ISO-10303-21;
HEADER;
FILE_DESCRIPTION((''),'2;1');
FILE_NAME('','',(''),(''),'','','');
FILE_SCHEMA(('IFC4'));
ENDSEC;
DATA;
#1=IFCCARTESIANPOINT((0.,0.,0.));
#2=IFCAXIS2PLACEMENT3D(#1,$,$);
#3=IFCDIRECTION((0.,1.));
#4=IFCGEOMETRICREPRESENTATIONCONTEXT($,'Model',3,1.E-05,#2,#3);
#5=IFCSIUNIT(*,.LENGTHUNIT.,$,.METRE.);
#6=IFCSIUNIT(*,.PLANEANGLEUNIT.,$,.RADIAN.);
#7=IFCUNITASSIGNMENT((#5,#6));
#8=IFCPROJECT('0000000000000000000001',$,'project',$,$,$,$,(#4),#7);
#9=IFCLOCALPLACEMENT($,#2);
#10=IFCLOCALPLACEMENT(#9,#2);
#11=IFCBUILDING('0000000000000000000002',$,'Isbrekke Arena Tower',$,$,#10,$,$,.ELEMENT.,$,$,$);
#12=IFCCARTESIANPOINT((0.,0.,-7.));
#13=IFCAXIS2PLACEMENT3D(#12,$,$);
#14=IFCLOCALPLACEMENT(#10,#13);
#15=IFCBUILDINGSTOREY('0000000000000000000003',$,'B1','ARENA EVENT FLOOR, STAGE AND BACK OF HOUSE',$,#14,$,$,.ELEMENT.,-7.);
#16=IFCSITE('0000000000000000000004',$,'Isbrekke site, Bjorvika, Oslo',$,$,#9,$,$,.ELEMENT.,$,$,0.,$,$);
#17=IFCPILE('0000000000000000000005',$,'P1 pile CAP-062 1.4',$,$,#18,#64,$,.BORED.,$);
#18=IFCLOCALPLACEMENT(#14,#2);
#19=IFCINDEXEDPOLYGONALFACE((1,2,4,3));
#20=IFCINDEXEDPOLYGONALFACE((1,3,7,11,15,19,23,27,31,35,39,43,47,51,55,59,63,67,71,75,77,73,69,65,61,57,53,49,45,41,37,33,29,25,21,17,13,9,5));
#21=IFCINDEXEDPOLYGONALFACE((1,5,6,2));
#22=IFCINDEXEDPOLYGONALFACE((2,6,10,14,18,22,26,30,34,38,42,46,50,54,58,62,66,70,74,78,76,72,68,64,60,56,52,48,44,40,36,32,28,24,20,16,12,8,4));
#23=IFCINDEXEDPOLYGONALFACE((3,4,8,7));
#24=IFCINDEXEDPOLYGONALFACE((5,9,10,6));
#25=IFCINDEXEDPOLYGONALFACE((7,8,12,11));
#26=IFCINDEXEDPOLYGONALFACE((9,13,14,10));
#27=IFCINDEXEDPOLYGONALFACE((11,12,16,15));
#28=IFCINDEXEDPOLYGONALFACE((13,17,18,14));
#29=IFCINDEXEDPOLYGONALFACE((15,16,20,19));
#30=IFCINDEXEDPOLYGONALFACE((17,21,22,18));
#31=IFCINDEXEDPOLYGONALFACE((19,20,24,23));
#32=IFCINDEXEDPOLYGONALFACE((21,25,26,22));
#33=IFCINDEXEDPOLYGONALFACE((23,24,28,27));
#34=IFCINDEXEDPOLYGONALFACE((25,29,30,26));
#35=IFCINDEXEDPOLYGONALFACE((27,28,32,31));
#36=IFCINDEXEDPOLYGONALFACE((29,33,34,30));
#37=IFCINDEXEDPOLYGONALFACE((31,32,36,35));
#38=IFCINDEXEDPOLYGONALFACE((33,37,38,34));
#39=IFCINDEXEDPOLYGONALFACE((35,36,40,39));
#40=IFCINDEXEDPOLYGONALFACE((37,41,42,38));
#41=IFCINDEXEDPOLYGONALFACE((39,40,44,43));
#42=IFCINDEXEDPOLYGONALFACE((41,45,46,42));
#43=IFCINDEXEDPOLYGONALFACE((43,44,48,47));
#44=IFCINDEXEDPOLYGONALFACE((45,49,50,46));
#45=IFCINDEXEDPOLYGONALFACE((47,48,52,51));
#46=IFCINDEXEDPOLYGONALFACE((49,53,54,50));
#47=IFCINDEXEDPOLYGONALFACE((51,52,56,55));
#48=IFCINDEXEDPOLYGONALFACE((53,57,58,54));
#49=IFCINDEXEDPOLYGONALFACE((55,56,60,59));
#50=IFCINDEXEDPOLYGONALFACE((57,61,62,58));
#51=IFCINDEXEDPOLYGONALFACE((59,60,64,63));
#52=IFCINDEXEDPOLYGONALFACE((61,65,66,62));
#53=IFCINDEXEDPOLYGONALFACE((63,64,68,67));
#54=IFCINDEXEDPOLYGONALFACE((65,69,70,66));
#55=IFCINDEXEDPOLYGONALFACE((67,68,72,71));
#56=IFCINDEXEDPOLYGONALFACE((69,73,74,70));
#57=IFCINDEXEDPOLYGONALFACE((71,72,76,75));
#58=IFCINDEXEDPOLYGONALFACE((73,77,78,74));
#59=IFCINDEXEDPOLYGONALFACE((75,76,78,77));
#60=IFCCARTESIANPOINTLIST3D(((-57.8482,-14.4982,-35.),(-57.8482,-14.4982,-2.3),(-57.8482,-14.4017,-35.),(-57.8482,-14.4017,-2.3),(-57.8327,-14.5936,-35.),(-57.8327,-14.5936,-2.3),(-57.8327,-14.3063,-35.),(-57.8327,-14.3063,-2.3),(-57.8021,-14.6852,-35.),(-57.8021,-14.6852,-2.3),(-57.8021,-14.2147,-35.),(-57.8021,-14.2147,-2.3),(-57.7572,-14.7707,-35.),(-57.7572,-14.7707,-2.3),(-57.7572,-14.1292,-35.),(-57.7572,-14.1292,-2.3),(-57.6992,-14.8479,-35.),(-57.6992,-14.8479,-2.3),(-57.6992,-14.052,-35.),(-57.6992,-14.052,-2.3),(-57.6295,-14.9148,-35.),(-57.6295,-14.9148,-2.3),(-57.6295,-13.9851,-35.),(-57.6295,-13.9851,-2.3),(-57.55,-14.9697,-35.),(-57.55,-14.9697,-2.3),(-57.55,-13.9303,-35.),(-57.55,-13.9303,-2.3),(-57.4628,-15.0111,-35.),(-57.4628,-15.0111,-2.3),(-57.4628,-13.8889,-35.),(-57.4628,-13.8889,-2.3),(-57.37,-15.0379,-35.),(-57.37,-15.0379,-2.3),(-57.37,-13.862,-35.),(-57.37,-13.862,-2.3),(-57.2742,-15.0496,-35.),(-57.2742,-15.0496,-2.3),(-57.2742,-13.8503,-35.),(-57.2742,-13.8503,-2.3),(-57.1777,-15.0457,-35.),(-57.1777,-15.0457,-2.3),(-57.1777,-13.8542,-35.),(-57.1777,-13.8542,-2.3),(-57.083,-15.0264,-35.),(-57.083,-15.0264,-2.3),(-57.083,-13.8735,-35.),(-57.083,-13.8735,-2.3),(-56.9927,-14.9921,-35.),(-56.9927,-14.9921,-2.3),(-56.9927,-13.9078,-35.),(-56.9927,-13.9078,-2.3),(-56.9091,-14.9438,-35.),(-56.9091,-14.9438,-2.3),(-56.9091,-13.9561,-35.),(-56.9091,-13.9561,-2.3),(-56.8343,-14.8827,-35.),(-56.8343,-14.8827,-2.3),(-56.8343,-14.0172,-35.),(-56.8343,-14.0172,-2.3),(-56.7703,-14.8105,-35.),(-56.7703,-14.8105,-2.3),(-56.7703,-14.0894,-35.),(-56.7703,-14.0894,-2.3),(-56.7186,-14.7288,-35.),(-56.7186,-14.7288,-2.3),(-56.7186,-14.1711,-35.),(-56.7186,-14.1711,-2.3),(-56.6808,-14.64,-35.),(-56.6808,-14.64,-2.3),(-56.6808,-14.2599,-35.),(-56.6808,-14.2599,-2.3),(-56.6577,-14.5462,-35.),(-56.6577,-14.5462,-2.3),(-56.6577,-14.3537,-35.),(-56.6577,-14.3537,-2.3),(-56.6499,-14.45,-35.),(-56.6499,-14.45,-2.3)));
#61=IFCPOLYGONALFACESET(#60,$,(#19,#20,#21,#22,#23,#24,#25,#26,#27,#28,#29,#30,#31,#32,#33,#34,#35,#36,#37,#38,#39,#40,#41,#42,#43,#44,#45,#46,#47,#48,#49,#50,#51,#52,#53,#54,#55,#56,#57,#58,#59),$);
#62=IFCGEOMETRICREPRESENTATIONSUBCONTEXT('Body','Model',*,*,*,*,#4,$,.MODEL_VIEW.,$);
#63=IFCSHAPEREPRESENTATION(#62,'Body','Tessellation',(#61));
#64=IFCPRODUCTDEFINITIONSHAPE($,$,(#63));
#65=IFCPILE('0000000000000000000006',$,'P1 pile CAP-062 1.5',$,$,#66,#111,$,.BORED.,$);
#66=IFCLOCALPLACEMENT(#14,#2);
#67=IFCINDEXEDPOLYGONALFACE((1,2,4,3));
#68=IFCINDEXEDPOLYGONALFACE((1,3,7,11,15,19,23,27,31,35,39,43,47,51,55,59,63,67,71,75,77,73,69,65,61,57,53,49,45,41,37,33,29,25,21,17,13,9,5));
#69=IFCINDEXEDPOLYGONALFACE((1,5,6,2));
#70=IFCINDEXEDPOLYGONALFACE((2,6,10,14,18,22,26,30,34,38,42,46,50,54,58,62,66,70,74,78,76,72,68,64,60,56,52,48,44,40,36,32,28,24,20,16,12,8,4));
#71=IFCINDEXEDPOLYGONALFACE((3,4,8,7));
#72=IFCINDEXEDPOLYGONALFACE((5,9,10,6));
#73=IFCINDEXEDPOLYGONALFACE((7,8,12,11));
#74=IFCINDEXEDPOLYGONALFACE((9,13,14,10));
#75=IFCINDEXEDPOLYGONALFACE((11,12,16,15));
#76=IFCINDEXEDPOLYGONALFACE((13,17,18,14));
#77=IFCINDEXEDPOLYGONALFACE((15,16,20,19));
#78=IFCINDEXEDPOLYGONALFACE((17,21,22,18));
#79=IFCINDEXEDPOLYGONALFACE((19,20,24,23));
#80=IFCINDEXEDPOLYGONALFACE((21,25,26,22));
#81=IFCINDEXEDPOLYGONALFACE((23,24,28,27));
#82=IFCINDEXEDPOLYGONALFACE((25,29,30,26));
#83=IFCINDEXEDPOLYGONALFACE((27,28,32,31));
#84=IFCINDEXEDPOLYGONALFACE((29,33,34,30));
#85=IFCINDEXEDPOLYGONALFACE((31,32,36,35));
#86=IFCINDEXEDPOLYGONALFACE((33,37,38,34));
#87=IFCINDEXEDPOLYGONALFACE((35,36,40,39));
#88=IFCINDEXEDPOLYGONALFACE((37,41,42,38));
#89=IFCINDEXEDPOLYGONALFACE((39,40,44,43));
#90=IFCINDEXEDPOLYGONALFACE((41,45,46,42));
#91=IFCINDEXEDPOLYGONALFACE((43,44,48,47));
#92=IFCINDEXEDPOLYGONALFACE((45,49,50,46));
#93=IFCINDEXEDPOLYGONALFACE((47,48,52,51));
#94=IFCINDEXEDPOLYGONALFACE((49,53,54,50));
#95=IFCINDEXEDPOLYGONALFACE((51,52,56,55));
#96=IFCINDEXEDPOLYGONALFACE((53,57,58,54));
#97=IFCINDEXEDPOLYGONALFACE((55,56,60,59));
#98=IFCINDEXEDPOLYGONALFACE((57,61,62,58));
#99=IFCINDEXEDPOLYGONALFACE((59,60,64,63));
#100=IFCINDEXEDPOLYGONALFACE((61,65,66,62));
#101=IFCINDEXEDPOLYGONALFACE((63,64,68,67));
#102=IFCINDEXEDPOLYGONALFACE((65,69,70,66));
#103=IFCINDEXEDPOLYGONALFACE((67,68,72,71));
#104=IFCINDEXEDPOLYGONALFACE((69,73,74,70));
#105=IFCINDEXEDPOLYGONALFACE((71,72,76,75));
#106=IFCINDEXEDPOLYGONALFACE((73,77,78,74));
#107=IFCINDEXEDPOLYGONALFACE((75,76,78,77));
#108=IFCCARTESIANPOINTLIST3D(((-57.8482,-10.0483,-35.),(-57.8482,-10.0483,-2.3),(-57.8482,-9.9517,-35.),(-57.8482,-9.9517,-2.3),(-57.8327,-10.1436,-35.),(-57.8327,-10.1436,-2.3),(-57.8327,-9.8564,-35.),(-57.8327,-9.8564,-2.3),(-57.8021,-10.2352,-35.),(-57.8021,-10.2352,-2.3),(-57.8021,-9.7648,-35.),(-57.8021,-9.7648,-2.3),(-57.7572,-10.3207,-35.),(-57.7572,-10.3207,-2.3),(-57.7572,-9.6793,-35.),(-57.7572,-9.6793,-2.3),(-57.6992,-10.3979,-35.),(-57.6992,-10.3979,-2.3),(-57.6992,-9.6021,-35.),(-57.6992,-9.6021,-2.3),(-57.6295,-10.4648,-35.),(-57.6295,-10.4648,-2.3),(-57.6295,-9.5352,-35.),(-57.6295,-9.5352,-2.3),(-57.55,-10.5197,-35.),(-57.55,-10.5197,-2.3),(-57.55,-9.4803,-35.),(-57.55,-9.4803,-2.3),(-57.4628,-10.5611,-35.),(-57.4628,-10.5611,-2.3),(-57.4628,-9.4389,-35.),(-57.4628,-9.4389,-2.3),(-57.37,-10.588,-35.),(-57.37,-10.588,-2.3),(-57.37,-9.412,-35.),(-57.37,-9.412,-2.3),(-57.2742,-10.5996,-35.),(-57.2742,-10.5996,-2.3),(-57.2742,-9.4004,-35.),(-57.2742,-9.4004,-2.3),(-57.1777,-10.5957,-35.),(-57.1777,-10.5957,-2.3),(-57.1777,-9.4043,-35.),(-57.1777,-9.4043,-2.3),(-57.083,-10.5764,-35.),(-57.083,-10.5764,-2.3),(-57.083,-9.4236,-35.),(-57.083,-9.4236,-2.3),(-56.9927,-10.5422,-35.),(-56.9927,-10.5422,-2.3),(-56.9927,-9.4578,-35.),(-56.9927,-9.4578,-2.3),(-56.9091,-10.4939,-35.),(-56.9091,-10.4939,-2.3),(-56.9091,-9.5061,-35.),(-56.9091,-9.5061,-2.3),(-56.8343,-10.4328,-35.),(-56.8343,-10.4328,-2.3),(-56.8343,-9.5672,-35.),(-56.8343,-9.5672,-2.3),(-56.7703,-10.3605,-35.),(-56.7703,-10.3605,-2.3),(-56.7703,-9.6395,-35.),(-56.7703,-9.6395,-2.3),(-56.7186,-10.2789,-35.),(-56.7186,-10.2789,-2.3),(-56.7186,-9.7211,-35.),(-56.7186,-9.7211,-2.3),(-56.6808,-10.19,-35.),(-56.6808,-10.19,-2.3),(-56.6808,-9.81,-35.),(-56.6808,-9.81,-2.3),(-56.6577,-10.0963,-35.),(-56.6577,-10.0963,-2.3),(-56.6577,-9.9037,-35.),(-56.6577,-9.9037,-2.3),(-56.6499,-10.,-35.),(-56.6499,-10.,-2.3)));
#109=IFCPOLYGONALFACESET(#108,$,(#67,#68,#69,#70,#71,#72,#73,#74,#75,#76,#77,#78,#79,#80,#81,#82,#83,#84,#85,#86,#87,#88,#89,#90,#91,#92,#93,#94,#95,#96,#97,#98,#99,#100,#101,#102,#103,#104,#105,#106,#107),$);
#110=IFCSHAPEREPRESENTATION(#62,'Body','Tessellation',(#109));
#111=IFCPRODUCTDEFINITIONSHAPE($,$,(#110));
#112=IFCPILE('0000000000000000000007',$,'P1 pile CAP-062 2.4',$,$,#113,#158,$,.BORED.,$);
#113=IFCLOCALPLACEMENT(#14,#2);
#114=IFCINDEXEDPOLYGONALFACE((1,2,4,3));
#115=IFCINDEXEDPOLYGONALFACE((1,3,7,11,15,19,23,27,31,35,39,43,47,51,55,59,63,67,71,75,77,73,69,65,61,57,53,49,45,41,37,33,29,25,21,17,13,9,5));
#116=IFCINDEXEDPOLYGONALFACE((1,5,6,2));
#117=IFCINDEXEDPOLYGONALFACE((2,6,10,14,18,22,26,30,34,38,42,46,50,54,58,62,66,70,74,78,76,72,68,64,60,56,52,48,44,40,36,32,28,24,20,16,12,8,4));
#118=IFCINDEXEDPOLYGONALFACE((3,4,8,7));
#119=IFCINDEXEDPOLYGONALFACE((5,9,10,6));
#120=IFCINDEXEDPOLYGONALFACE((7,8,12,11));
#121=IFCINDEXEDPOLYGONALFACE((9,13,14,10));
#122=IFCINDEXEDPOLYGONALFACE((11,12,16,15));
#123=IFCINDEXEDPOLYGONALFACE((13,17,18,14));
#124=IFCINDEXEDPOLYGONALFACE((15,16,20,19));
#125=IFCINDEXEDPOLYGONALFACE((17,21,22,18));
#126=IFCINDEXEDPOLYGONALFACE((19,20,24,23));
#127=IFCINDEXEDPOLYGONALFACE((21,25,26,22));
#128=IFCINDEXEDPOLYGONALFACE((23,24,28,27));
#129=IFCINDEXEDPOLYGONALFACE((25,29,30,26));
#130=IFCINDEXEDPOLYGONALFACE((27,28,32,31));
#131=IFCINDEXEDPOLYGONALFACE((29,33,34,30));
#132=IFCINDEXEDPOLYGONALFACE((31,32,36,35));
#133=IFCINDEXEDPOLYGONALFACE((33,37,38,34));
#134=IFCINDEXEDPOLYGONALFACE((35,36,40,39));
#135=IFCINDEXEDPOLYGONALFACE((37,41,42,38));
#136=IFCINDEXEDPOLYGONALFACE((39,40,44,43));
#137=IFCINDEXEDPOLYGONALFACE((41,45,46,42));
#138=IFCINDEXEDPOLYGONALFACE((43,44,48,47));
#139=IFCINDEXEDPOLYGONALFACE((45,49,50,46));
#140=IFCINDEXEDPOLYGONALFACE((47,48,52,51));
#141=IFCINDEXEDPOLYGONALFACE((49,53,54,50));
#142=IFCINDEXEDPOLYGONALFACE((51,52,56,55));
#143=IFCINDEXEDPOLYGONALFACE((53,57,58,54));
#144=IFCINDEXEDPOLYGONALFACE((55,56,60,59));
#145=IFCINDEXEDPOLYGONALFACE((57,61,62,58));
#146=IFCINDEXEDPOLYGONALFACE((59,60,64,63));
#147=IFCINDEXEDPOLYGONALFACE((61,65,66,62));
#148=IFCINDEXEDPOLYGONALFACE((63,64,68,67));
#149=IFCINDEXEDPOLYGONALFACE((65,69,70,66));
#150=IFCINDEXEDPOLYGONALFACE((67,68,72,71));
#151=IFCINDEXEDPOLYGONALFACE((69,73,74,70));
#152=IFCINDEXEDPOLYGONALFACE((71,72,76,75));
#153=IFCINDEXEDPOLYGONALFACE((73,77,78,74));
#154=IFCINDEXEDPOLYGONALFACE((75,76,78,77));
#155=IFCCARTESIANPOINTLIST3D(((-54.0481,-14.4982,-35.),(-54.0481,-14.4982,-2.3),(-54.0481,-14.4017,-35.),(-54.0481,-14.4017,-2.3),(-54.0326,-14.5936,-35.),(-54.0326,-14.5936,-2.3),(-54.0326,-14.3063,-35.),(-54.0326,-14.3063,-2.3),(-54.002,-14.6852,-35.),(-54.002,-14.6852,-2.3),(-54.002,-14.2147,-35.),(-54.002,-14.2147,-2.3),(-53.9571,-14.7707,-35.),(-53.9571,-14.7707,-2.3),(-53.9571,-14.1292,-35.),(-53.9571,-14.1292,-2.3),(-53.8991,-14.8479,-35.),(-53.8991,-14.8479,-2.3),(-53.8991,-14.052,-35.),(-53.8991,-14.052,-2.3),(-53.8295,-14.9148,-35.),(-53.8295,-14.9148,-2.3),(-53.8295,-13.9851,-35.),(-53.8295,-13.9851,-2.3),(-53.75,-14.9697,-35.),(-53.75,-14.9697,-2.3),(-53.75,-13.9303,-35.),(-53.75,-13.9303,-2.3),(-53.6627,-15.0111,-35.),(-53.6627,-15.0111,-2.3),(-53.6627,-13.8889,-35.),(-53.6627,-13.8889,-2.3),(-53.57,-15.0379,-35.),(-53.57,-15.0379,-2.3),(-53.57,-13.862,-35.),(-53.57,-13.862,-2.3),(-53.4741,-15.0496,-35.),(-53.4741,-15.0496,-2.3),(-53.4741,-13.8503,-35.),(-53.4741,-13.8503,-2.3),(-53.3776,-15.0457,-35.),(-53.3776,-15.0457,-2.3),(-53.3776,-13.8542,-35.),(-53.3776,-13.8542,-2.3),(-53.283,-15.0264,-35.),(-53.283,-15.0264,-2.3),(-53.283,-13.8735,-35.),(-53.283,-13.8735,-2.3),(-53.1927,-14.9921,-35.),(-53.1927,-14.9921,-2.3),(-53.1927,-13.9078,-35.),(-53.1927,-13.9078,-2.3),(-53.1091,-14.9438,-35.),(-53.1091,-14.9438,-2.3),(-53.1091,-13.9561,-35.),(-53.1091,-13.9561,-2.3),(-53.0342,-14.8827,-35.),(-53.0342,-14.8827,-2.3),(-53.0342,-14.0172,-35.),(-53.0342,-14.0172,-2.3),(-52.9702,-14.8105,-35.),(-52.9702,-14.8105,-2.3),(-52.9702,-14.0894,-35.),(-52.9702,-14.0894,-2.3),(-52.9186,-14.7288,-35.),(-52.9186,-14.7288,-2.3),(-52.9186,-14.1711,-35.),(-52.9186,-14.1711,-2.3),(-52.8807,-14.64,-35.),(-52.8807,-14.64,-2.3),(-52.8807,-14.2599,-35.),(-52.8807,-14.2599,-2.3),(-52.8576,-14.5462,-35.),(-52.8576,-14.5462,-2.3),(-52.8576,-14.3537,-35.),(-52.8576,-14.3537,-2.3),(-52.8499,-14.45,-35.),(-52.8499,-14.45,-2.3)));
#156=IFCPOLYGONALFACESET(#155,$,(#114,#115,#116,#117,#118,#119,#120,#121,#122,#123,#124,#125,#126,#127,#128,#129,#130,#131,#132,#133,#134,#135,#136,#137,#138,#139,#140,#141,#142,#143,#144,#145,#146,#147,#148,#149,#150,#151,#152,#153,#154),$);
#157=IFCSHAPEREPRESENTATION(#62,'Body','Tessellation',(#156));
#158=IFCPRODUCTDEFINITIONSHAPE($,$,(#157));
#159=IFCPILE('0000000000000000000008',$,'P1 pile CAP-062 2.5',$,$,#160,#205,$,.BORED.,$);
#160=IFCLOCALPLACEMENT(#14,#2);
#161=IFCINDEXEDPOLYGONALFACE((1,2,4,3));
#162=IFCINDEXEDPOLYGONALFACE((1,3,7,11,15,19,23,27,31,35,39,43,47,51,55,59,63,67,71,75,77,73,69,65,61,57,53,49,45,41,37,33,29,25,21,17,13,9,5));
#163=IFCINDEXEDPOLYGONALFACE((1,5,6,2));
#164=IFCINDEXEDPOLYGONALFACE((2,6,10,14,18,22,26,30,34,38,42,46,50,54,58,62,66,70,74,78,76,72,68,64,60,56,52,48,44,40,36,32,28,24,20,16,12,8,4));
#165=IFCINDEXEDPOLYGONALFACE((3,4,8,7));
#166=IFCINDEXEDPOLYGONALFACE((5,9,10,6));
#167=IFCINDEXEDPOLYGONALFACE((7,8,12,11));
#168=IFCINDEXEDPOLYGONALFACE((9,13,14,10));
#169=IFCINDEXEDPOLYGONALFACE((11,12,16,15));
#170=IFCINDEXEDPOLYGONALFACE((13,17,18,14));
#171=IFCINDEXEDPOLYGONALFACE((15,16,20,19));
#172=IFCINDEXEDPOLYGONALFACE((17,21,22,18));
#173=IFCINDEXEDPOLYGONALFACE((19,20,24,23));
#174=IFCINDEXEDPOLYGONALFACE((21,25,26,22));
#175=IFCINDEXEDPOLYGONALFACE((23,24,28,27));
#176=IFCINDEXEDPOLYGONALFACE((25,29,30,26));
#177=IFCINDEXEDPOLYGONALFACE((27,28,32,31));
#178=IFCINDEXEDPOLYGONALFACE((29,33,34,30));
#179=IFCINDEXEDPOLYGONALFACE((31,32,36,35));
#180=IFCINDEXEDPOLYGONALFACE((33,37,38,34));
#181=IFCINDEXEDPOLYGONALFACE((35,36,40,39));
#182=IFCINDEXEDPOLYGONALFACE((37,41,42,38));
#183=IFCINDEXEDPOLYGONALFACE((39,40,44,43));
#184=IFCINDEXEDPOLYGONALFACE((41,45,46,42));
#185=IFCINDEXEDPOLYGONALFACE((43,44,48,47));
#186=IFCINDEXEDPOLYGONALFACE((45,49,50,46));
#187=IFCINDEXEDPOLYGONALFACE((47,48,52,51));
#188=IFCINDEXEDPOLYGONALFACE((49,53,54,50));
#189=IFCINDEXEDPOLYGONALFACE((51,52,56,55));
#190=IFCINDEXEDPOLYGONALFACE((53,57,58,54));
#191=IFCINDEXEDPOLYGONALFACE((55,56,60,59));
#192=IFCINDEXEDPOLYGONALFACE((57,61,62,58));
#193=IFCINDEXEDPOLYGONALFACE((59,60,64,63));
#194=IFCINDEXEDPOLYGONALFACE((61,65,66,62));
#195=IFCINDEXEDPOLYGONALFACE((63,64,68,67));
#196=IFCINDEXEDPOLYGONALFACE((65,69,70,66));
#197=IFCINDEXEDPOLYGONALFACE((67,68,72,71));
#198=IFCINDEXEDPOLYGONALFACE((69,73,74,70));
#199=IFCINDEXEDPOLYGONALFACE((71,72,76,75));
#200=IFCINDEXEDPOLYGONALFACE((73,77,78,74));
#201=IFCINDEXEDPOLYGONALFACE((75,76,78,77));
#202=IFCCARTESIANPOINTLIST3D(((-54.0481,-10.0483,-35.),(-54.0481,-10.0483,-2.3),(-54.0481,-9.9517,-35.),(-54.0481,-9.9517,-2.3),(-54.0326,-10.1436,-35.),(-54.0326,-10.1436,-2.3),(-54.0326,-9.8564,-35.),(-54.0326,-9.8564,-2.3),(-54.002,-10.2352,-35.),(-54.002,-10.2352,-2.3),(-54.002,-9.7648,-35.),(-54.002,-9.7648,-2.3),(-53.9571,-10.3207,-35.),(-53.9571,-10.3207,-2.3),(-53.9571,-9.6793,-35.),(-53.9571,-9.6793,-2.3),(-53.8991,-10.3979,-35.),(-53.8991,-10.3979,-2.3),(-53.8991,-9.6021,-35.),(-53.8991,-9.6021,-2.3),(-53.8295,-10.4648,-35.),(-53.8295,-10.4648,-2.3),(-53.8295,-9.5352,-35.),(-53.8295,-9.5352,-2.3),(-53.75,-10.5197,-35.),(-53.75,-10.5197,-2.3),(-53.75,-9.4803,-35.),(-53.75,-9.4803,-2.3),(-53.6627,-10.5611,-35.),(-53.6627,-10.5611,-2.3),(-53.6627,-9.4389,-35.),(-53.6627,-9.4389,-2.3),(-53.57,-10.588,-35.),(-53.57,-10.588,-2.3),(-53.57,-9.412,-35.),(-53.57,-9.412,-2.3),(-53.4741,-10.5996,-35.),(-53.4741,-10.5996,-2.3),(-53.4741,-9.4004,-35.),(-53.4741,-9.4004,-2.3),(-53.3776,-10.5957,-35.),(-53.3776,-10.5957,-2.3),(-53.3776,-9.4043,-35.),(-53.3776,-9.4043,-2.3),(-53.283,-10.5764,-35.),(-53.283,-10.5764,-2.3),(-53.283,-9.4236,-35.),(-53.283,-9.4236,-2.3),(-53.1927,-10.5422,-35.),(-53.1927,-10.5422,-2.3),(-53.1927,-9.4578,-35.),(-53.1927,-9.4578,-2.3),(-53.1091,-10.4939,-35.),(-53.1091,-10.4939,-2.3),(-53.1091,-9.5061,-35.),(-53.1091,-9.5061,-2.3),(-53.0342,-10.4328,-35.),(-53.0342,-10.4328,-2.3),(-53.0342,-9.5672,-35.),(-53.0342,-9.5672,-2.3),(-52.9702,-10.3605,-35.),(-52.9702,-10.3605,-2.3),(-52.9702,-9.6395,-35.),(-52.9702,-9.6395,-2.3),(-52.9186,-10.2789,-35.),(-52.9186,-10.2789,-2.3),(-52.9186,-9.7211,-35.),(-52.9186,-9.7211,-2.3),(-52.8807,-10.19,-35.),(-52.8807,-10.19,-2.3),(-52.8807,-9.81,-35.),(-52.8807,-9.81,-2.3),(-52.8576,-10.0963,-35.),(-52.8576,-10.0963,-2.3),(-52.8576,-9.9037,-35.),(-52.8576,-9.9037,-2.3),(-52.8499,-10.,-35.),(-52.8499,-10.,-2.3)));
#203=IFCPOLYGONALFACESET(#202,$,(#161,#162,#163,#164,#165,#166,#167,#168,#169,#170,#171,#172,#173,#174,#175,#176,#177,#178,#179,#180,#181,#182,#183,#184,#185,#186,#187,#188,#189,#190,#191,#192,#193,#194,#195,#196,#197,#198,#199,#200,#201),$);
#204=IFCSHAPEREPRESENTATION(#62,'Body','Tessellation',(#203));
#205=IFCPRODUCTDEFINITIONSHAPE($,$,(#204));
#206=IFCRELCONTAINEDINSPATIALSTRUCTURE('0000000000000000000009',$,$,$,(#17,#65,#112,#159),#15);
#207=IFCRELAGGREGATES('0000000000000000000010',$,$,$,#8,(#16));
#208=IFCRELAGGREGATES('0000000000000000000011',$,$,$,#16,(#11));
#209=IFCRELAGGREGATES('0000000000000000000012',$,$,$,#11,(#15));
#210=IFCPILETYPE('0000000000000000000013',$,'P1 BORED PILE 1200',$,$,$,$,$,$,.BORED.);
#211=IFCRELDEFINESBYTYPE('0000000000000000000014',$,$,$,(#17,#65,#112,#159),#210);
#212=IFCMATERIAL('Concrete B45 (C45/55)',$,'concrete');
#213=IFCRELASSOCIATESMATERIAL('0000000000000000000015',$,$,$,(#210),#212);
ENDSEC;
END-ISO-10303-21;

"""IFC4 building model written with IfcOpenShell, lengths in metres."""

from ifc_helpers import new_model, si_unit, direction, frame, origin, origin_2d, place, context, subcontext, project, spatial, circle, extrude, material, material_profile, profile_set, type_object, element, save


model = new_model("IFC4")

# Units and contexts
model_context = context("Model", 3, precision=1e-05, world=origin(), true_north=direction((0.0, 1.0)))
body_context = subcontext(model_context, "Body", "Model", "MODEL_VIEW")
ifc_project = project(units=[si_unit("LENGTHUNIT", "METRE"), si_unit("PLANEANGLEUNIT", "RADIAN")], contexts=[model_context])

# Site, building, storey
site_placement = place(None, origin())
site = spatial("IfcSite", under=ifc_project, at=site_placement, Name="Isbrekke site, Bjorvika, Oslo", CompositionType="ELEMENT", RefElevation=0.0)
building_placement = place(site_placement, origin())
building = spatial("IfcBuilding", under=site, at=building_placement, Name="Isbrekke Arena Tower", CompositionType="ELEMENT")
storey_placement = place(building_placement, frame((0.0, 0.0, -7.0)))
storey = spatial("IfcBuildingStorey", under=building, at=storey_placement, Name="B1", Description="ARENA EVENT FLOOR, STAGE AND BACK OF HOUSE", CompositionType="ELEMENT", Elevation=-7.0)

# Piles
ifc_material_1 = material(Name="Concrete B45 (C45/55)", Category="concrete")
ifc_material_profile_1 = material_profile(ifc_material_1, circle(Radius=0.6001, at=origin_2d()), Name="BORED PILE D1200")
ifc_profile_set_1 = profile_set([ifc_material_profile_1], Name="Concrete B45 (C45/55)")
pile_type = type_object("IfcPileType", Name="P1 BORED PILE 1200", PredefinedType="BORED", material=ifc_profile_set_1)
for number, where, z_axis, x_axis, name in (
    (1, (-57.25, -14.45, -2.3), (0.0, 0.0, -1.0), (1.0, 0.0, 0.0), "P1 pile CAP-062 1.4"),
    (2, (-57.25, -10.0, -2.3), (0.0, 0.0, -1.0), (1.0, 0.0, 0.0), "P1 pile CAP-062 1.5"),
    (3, (-53.45, -14.45, -2.3), (0.0, 0.0, -1.0), (1.0, 0.0, 0.0), "P1 pile CAP-062 2.4"),
    (4, (-53.45, -10.0, -2.3), (0.0, 0.0, -1.0), (1.0, 0.0, 0.0), "P1 pile CAP-062 2.5"),
):
    element("IfcPile", number, at=place(storey_placement, frame(where, z_axis=z_axis, x_axis=x_axis)), inside=storey, type_object=pile_type, Name=name, PredefinedType="BORED", context=body_context, shape_type="SweptSolid", body=[
        extrude(circle(Radius=0.6001, at=origin_2d()), origin(), (0.0, 0.0, 1.0), 32.7),
    ])

save(model, "model.ifc")
